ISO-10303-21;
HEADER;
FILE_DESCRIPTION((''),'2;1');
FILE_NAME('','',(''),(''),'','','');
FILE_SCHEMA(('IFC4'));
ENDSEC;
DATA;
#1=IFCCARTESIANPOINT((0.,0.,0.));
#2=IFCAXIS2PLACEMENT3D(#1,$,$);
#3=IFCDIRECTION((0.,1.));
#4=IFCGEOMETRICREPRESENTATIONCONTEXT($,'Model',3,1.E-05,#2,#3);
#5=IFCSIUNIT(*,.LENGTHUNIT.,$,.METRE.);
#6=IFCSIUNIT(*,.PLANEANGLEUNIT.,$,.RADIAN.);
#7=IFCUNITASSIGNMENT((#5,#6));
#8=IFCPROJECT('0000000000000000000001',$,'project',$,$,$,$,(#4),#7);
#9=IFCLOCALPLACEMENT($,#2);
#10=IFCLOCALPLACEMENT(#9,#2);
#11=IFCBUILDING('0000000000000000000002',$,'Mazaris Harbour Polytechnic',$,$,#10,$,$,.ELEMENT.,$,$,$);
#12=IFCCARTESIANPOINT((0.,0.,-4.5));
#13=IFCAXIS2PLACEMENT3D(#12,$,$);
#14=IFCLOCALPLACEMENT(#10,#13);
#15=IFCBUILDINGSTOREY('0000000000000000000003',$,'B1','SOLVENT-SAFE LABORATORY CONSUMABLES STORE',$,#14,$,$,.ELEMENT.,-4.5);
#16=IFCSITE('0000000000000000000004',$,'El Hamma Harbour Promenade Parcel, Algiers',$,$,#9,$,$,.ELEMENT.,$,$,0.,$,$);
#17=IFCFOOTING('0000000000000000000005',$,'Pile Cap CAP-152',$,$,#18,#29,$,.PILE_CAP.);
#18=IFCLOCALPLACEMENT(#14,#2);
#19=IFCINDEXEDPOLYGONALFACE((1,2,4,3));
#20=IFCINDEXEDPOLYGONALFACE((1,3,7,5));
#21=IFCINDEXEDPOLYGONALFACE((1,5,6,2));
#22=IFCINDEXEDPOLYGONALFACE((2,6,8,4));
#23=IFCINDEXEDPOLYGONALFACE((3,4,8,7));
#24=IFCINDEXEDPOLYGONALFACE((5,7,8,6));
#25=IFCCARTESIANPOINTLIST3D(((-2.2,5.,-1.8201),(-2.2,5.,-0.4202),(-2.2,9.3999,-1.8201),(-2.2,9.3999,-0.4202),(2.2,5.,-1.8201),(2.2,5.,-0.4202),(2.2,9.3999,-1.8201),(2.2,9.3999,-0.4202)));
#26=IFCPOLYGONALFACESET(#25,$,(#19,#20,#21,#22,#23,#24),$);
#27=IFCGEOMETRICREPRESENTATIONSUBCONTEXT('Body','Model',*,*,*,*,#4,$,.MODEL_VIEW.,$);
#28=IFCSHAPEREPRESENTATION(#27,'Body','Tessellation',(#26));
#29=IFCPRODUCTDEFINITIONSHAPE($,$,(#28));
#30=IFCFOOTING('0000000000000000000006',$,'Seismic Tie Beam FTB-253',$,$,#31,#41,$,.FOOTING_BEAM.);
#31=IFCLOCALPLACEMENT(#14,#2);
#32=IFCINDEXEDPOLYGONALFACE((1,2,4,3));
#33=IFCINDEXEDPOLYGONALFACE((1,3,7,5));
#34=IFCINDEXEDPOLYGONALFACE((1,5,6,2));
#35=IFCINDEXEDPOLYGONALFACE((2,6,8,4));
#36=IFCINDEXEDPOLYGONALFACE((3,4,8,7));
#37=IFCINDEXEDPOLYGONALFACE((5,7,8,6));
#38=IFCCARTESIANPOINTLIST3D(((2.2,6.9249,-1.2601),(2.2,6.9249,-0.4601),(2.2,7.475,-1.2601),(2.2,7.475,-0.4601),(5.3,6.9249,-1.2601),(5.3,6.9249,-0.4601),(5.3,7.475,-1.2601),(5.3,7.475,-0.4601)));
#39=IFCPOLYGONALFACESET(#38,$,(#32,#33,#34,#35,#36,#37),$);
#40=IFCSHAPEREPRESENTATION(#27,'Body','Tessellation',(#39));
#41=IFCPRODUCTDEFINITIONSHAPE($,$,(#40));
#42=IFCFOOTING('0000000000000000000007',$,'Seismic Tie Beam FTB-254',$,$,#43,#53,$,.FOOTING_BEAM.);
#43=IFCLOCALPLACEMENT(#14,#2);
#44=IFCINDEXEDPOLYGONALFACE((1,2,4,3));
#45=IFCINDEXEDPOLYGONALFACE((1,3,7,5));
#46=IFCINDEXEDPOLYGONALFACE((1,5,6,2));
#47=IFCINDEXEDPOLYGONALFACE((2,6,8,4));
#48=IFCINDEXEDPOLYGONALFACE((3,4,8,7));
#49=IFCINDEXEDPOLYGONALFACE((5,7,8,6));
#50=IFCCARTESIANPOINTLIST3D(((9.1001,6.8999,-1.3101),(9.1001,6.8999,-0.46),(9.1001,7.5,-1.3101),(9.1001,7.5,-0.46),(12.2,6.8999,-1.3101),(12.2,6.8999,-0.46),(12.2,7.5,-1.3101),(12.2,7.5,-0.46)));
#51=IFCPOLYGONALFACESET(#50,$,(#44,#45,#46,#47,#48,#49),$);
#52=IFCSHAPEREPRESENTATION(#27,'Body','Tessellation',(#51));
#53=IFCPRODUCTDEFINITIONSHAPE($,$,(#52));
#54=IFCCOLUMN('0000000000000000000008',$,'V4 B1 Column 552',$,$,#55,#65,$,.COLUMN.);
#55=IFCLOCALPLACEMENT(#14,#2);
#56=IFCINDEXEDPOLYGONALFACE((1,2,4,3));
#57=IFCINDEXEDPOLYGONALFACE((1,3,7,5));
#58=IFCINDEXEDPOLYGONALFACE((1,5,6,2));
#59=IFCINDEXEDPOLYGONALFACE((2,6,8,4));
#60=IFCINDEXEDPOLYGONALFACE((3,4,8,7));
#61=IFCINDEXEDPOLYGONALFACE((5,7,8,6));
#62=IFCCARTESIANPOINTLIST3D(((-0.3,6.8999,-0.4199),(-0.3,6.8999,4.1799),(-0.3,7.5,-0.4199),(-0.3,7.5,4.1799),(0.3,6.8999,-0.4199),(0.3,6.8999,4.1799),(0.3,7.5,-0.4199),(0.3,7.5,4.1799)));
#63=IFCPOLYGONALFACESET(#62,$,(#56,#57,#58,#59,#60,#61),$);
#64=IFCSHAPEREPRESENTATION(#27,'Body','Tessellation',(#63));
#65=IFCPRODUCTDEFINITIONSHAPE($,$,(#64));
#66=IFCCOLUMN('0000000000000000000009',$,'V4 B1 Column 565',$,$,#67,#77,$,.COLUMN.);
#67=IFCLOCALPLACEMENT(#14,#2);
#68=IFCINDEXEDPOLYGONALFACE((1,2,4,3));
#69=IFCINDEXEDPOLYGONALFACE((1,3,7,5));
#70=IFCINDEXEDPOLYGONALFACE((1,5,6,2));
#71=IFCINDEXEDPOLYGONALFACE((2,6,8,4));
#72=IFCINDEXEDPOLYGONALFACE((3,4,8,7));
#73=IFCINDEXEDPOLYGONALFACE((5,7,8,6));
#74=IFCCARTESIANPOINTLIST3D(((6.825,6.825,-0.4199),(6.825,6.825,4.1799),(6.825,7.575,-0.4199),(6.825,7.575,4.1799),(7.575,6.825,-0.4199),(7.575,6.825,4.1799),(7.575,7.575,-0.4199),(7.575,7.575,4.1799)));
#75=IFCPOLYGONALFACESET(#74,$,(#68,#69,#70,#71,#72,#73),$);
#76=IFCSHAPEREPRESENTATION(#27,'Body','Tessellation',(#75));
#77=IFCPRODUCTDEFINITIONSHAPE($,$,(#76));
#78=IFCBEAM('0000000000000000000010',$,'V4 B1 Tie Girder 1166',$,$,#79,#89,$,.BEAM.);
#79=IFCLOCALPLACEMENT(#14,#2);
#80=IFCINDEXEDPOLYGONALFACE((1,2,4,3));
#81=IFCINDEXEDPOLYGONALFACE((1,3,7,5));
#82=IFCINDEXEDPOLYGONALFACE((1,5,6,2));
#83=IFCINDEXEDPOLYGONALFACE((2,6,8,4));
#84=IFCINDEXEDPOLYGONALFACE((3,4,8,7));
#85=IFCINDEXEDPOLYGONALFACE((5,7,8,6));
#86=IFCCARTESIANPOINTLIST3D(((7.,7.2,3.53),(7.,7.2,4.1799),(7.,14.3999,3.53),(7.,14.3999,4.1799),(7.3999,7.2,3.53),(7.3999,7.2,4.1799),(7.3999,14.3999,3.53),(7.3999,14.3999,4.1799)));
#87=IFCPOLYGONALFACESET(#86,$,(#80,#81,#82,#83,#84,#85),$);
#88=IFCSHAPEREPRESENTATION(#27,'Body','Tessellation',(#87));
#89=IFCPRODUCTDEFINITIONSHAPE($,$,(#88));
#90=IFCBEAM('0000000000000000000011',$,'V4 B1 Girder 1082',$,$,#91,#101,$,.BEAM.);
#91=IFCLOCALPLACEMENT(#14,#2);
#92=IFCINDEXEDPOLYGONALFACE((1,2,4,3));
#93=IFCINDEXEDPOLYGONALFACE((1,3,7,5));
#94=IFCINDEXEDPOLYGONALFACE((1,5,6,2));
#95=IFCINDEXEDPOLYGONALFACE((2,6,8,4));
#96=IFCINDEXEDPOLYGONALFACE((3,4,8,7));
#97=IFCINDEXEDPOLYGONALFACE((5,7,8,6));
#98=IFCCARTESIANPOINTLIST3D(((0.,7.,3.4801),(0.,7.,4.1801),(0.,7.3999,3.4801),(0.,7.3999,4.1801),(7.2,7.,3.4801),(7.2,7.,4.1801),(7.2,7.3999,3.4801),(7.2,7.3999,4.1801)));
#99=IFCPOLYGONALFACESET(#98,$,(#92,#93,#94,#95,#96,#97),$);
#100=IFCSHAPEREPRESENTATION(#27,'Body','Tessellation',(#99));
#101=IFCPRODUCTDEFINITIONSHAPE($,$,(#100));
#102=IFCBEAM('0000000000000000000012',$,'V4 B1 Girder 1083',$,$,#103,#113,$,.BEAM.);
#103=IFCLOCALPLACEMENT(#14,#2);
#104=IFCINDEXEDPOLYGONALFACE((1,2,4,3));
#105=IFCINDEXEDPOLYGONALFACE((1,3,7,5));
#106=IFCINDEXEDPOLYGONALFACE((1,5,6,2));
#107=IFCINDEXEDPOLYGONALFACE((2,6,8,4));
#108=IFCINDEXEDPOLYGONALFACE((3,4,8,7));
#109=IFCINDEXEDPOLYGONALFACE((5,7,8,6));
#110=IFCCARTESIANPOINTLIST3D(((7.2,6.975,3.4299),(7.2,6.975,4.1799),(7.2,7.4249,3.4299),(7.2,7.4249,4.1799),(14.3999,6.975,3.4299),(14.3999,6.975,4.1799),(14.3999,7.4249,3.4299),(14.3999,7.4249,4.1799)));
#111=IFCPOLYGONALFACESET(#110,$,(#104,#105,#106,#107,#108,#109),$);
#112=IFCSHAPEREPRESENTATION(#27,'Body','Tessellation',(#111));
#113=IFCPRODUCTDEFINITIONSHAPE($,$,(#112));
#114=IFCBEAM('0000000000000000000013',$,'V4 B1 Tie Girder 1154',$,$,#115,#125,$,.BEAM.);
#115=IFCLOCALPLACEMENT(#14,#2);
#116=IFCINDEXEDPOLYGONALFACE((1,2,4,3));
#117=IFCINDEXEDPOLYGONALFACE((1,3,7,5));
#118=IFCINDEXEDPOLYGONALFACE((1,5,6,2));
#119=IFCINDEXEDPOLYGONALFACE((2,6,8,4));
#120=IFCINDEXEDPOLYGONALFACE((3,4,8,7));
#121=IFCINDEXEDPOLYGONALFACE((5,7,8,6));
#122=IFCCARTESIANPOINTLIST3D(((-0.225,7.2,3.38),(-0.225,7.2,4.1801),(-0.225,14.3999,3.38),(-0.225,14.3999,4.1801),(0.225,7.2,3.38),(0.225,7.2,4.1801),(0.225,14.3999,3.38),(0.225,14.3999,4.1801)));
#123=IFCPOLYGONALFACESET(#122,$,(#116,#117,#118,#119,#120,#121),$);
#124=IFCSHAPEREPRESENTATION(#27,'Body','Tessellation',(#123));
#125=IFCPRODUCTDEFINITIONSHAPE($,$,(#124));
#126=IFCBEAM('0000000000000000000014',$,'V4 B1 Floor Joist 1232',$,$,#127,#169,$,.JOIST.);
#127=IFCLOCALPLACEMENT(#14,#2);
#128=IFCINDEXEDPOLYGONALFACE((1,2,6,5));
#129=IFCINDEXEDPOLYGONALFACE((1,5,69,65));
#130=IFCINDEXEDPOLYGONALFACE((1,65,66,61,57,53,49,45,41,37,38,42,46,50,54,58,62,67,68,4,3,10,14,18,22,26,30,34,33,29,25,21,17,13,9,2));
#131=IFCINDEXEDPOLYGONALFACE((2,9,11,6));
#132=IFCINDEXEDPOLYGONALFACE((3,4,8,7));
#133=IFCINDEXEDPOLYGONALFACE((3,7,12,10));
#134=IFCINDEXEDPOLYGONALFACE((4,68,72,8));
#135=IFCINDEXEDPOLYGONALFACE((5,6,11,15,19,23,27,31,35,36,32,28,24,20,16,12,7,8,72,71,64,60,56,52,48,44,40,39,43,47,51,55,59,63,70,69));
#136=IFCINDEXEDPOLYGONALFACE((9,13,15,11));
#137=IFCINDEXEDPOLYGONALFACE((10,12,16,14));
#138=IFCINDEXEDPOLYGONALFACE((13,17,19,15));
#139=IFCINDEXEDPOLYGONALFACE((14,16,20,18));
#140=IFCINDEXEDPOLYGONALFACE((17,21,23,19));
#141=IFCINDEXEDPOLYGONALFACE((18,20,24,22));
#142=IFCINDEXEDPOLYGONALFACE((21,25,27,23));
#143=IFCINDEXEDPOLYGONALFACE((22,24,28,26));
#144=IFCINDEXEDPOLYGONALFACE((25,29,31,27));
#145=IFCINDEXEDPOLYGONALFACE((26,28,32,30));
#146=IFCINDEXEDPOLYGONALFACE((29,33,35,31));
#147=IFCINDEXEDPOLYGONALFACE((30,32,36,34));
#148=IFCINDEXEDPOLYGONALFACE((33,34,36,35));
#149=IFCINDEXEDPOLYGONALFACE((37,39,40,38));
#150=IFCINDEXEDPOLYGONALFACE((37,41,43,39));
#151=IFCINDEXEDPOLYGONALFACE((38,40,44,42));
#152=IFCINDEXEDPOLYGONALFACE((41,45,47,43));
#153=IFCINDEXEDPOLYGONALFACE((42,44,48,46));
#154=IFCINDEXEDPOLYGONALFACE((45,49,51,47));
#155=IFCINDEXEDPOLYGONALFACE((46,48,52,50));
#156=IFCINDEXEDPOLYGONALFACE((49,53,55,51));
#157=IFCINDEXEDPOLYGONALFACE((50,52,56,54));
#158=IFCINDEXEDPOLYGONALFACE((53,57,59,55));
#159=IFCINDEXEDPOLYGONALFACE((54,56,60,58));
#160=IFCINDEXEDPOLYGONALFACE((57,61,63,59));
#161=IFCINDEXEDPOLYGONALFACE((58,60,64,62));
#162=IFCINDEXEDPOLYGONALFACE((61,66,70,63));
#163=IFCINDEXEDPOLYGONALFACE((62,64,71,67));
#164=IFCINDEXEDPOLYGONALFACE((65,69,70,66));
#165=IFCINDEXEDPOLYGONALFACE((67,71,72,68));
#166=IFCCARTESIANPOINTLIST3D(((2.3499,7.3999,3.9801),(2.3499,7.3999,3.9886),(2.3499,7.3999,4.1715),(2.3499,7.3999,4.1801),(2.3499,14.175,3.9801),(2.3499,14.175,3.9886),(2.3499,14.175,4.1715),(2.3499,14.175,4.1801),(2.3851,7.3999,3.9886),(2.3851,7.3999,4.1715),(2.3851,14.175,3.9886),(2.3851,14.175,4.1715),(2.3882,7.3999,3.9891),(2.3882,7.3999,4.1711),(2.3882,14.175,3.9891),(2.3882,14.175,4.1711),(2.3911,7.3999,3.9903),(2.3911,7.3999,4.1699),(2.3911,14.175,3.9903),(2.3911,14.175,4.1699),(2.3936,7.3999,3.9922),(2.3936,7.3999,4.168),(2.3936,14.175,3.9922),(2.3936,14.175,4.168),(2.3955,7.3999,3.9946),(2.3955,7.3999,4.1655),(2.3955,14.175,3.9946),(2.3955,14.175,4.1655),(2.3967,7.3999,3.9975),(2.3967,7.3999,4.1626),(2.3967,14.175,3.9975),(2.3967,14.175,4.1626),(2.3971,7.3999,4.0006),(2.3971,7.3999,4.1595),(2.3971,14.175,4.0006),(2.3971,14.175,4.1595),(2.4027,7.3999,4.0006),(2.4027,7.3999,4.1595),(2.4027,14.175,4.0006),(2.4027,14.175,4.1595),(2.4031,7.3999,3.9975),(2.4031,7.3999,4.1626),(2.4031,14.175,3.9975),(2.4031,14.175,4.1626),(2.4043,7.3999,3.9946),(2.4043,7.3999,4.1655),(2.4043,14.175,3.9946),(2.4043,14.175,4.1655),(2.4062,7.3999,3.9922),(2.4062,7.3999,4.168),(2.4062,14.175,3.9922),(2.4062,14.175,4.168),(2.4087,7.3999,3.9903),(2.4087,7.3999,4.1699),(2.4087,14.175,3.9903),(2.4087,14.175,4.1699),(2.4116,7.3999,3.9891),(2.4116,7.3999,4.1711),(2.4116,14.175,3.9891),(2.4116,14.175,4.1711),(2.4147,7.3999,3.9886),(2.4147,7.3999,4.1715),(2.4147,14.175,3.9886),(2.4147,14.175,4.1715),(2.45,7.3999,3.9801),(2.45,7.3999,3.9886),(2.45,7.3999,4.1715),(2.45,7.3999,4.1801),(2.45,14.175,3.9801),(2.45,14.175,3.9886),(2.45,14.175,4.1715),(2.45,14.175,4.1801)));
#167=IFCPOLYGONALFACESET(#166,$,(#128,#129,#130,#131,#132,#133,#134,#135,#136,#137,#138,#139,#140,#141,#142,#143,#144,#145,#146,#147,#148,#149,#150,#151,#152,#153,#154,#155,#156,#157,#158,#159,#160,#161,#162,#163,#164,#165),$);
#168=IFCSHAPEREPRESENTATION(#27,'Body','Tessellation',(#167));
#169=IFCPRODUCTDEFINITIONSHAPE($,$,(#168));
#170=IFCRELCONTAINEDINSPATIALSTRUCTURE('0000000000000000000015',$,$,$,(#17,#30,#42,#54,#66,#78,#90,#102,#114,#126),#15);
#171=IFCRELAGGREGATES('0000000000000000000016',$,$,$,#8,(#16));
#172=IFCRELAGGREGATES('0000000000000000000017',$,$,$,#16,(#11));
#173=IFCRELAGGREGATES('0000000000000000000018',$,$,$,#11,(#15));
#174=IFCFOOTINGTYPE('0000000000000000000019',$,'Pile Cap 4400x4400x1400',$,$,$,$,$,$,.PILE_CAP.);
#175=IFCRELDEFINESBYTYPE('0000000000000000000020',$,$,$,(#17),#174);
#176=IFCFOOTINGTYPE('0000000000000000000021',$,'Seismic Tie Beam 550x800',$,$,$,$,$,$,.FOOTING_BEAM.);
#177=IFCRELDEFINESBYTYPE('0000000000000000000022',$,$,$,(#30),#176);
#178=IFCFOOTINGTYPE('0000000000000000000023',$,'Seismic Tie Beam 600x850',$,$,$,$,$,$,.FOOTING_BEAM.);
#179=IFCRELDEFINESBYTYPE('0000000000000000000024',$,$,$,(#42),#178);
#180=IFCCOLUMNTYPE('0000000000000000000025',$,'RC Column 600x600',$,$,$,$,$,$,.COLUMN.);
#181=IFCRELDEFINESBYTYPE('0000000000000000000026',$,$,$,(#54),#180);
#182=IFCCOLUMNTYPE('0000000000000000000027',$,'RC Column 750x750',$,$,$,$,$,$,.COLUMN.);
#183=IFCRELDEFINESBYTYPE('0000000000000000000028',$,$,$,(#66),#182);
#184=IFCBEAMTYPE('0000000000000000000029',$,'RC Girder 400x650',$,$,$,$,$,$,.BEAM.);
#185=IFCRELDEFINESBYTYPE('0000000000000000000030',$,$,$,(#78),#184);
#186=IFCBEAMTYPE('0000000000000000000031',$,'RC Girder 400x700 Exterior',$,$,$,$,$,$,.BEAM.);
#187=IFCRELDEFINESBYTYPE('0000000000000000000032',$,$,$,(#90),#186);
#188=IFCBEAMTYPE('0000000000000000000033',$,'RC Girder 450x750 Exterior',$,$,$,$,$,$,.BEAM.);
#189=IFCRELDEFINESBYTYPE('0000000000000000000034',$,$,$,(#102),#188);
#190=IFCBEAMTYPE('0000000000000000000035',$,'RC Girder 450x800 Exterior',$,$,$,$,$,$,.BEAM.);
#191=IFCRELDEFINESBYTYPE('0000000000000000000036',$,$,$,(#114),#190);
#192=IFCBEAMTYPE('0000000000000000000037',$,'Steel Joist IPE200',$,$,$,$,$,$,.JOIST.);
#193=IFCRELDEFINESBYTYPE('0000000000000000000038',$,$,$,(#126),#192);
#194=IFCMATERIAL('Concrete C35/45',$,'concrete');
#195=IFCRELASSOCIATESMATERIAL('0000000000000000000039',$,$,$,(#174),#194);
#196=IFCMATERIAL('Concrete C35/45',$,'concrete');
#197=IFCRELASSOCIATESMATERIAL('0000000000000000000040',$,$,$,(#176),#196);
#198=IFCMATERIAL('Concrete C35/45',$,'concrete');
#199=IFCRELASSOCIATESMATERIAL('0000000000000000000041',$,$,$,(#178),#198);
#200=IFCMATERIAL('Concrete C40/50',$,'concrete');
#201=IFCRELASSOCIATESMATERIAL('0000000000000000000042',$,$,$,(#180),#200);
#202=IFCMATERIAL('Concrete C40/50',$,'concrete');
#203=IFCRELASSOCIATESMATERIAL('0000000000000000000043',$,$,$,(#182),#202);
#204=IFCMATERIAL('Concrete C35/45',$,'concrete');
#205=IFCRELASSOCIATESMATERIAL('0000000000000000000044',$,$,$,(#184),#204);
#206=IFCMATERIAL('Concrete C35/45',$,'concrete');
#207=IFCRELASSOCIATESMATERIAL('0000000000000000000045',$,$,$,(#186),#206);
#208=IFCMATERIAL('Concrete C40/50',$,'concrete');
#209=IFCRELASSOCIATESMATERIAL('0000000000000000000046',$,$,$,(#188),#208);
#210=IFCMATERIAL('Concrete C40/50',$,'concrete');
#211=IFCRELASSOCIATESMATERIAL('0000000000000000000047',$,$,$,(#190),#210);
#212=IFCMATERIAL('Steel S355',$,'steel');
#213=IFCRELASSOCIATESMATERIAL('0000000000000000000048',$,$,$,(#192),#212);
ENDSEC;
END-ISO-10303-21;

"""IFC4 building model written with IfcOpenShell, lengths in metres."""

from ifc_helpers import new_model, si_unit, direction, frame, origin, origin_2d, place, context, subcontext, project, spatial, rectangle, i_section, extrude, material, material_profile, profile_set, type_object, element, save


model = new_model("IFC4")

# Units and contexts
model_context = context("Model", 3, precision=1e-05, world=origin(), true_north=direction((0.0, 1.0)))
body_context = subcontext(model_context, "Body", "Model", "MODEL_VIEW")
ifc_project = project(units=[si_unit("LENGTHUNIT", "METRE"), si_unit("PLANEANGLEUNIT", "RADIAN")], contexts=[model_context])

# Site, building, storey
site_placement = place(None, origin())
site = spatial("IfcSite", under=ifc_project, at=site_placement, Name="El Hamma Harbour Promenade Parcel, Algiers", CompositionType="ELEMENT", RefElevation=0.0)
building_placement = place(site_placement, origin())
building = spatial("IfcBuilding", under=site, at=building_placement, Name="Mazaris Harbour Polytechnic", CompositionType="ELEMENT")
storey_placement = place(building_placement, frame((0.0, 0.0, -4.5)))
storey = spatial("IfcBuildingStorey", under=building, at=storey_placement, Name="B1", Description="SOLVENT-SAFE LABORATORY CONSUMABLES STORE", CompositionType="ELEMENT", Elevation=-4.5)

# Footings
ifc_material_1 = material(Name="Concrete C35/45", Category="concrete")
footing_type_1 = type_object("IfcFootingType", Name="Pile Cap 4400x4400x1400", PredefinedType="PILE_CAP", material=ifc_material_1)
footing_1_placement = place(storey_placement, frame((0.0, 7.2, -1.8201), z_axis=(0.0, 0.0, 1.0), x_axis=(1.0, 0.0, 0.0)))
element("IfcFooting", 1, at=footing_1_placement, inside=storey, type_object=footing_type_1, Name="Pile Cap CAP-152", PredefinedType="PILE_CAP", context=body_context, shape_type="SweptSolid", body=[
    extrude(rectangle(XDim=4.3999, YDim=4.3999, at=origin_2d()), origin(), (0.0, 0.0, 1.0), 1.3999),
])
ifc_material_2 = material(Name="Concrete C35/45", Category="concrete")
ifc_material_profile_1 = material_profile(ifc_material_2, rectangle(XDim=0.55, YDim=0.8, at=origin_2d()), Name="RECT550x800")
ifc_profile_set_1 = profile_set([ifc_material_profile_1], Name="Concrete C35/45")
footing_type_2 = type_object("IfcFootingType", Name="Seismic Tie Beam 550x800", PredefinedType="FOOTING_BEAM", material=ifc_profile_set_1)
footing_2_placement = place(storey_placement, frame((2.2, 7.2, -0.8601), z_axis=(1.0, 0.0, 0.0), x_axis=(0.0, 1.0, 0.0)))
element("IfcFooting", 2, at=footing_2_placement, inside=storey, type_object=footing_type_2, Name="Seismic Tie Beam FTB-253", PredefinedType="FOOTING_BEAM", context=body_context, shape_type="SweptSolid", body=[
    extrude(rectangle(XDim=0.55, YDim=0.8, at=origin_2d()), origin(), (0.0, 0.0, 1.0), 3.1001),
])
ifc_material_3 = material(Name="Concrete C35/45", Category="concrete")
ifc_material_profile_2 = material_profile(ifc_material_3, rectangle(XDim=0.6001, YDim=0.8501, at=origin_2d()), Name="RECT600x850")
ifc_profile_set_2 = profile_set([ifc_material_profile_2], Name="Concrete C35/45")
footing_type_3 = type_object("IfcFootingType", Name="Seismic Tie Beam 600x850", PredefinedType="FOOTING_BEAM", material=ifc_profile_set_2)
footing_3_placement = place(storey_placement, frame((9.1001, 7.2, -0.885), z_axis=(1.0, 0.0, 0.0), x_axis=(0.0, 1.0, 0.0)))
element("IfcFooting", 3, at=footing_3_placement, inside=storey, type_object=footing_type_3, Name="Seismic Tie Beam FTB-254", PredefinedType="FOOTING_BEAM", context=body_context, shape_type="SweptSolid", body=[
    extrude(rectangle(XDim=0.6001, YDim=0.8501, at=origin_2d()), origin(), (0.0, 0.0, 1.0), 3.0999),
])

# Columns
ifc_material_4 = material(Name="Concrete C40/50", Category="concrete")
ifc_material_profile_3 = material_profile(ifc_material_4, rectangle(XDim=0.6001, YDim=0.6001, at=origin_2d()), Name="RECT600x600")
ifc_profile_set_3 = profile_set([ifc_material_profile_3], Name="Concrete C40/50")
column_type_1 = type_object("IfcColumnType", Name="RC Column 600x600", PredefinedType="COLUMN", material=ifc_profile_set_3)
column_1_placement = place(storey_placement, frame((0.0, 7.2, -0.4199), z_axis=(0.0, 0.0, 1.0), x_axis=(1.0, 0.0, 0.0)))
element("IfcColumn", 4, at=column_1_placement, inside=storey, type_object=column_type_1, Name="V4 B1 Column 552", PredefinedType="COLUMN", context=body_context, shape_type="SweptSolid", body=[
    extrude(rectangle(XDim=0.6001, YDim=0.6001, at=origin_2d()), origin(), (0.0, 0.0, 1.0), 4.5999),
])
ifc_material_5 = material(Name="Concrete C40/50", Category="concrete")
ifc_material_profile_4 = material_profile(ifc_material_5, rectangle(XDim=0.75, YDim=0.75, at=origin_2d()), Name="RECT750x750")
ifc_profile_set_4 = profile_set([ifc_material_profile_4], Name="Concrete C40/50")
column_type_2 = type_object("IfcColumnType", Name="RC Column 750x750", PredefinedType="COLUMN", material=ifc_profile_set_4)
column_2_placement = place(storey_placement, frame((7.2, 7.2, -0.4199), z_axis=(0.0, 0.0, 1.0), x_axis=(1.0, 0.0, 0.0)))
element("IfcColumn", 5, at=column_2_placement, inside=storey, type_object=column_type_2, Name="V4 B1 Column 565", PredefinedType="COLUMN", context=body_context, shape_type="SweptSolid", body=[
    extrude(rectangle(XDim=0.75, YDim=0.75, at=origin_2d()), origin(), (0.0, 0.0, 1.0), 4.5999),
])

# Beams
ifc_material_6 = material(Name="Concrete C35/45", Category="concrete")
ifc_material_profile_5 = material_profile(ifc_material_6, rectangle(XDim=0.3999, YDim=0.6499, at=origin_2d()), Name="RECT400x650")
ifc_profile_set_5 = profile_set([ifc_material_profile_5], Name="Concrete C35/45")
beam_type_1 = type_object("IfcBeamType", Name="RC Girder 400x650", PredefinedType="BEAM", material=ifc_profile_set_5)
beam_1_placement = place(storey_placement, frame((7.2, 7.2, 3.855), z_axis=(0.0, 1.0, 0.0), x_axis=(-1.0, 0.0, 0.0)))
element("IfcBeam", 6, at=beam_1_placement, inside=storey, type_object=beam_type_1, Name="V4 B1 Tie Girder 1166", PredefinedType="BEAM", context=body_context, shape_type="SweptSolid", body=[
    extrude(rectangle(XDim=0.3999, YDim=0.6499, at=origin_2d()), origin(), (0.0, 0.0, 1.0), 7.2),
])
ifc_material_7 = material(Name="Concrete C35/45", Category="concrete")
ifc_material_profile_6 = material_profile(ifc_material_7, rectangle(XDim=0.3999, YDim=0.7, at=origin_2d()), Name="RECT400x700")
ifc_profile_set_6 = profile_set([ifc_material_profile_6], Name="Concrete C35/45")
beam_type_2 = type_object("IfcBeamType", Name="RC Girder 400x700 Exterior", PredefinedType="BEAM", material=ifc_profile_set_6)
beam_2_placement = place(storey_placement, frame((0.0, 7.2, 3.8301), z_axis=(1.0, 0.0, 0.0), x_axis=(0.0, 1.0, 0.0)))
element("IfcBeam", 7, at=beam_2_placement, inside=storey, type_object=beam_type_2, Name="V4 B1 Girder 1082", PredefinedType="BEAM", context=body_context, shape_type="SweptSolid", body=[
    extrude(rectangle(XDim=0.3999, YDim=0.7, at=origin_2d()), origin(), (0.0, 0.0, 1.0), 7.2),
])
ifc_material_8 = material(Name="Concrete C40/50", Category="concrete")
ifc_material_profile_7 = material_profile(ifc_material_8, rectangle(XDim=0.45, YDim=0.75, at=origin_2d()), Name="RECT450x750")
ifc_profile_set_7 = profile_set([ifc_material_profile_7], Name="Concrete C40/50")
beam_type_3 = type_object("IfcBeamType", Name="RC Girder 450x750 Exterior", PredefinedType="BEAM", material=ifc_profile_set_7)
beam_3_placement = place(storey_placement, frame((7.2, 7.2, 3.8049), z_axis=(1.0, 0.0, 0.0), x_axis=(0.0, 1.0, 0.0)))
element("IfcBeam", 8, at=beam_3_placement, inside=storey, type_object=beam_type_3, Name="V4 B1 Girder 1083", PredefinedType="BEAM", context=body_context, shape_type="SweptSolid", body=[
    extrude(rectangle(XDim=0.45, YDim=0.75, at=origin_2d()), origin(), (0.0, 0.0, 1.0), 7.2),
])
ifc_material_9 = material(Name="Concrete C40/50", Category="concrete")
ifc_material_profile_8 = material_profile(ifc_material_9, rectangle(XDim=0.45, YDim=0.8, at=origin_2d()), Name="RECT450x800")
ifc_profile_set_8 = profile_set([ifc_material_profile_8], Name="Concrete C40/50")
beam_type_4 = type_object("IfcBeamType", Name="RC Girder 450x800 Exterior", PredefinedType="BEAM", material=ifc_profile_set_8)
beam_4_placement = place(storey_placement, frame((0.0, 7.2, 3.78), z_axis=(0.0, 1.0, 0.0), x_axis=(-1.0, 0.0, 0.0)))
element("IfcBeam", 9, at=beam_4_placement, inside=storey, type_object=beam_type_4, Name="V4 B1 Tie Girder 1154", PredefinedType="BEAM", context=body_context, shape_type="SweptSolid", body=[
    extrude(rectangle(XDim=0.45, YDim=0.8, at=origin_2d()), origin(), (0.0, 0.0, 1.0), 7.2),
])
ifc_material_10 = material(Name="Steel S355", Category="steel")
ifc_material_profile_9 = material_profile(ifc_material_10, i_section(OverallWidth=0.1001, OverallDepth=0.2, WebThickness=0.0056, FlangeThickness=0.0085, FilletRadius=0.012, at=origin_2d()), Name="IPE 200")
ifc_profile_set_9 = profile_set([ifc_material_profile_9], Name="Steel S355")
beam_type_5 = type_object("IfcBeamType", Name="Steel Joist IPE200", PredefinedType="JOIST", material=ifc_profile_set_9)
beam_5_placement = place(storey_placement, frame((2.3999, 7.3999, 4.0801), z_axis=(0.0, 1.0, 0.0), x_axis=(-1.0, 0.0, 0.0)))
element("IfcBeam", 10, at=beam_5_placement, inside=storey, type_object=beam_type_5, Name="V4 B1 Floor Joist 1232", PredefinedType="JOIST", context=body_context, shape_type="SweptSolid", body=[
    extrude(i_section(OverallWidth=0.1001, OverallDepth=0.2, WebThickness=0.0056, FlangeThickness=0.0085, FilletRadius=0.012, at=origin_2d()), origin(), (0.0, 0.0, 1.0), 6.7751),
])

save(model, "model.ifc")
